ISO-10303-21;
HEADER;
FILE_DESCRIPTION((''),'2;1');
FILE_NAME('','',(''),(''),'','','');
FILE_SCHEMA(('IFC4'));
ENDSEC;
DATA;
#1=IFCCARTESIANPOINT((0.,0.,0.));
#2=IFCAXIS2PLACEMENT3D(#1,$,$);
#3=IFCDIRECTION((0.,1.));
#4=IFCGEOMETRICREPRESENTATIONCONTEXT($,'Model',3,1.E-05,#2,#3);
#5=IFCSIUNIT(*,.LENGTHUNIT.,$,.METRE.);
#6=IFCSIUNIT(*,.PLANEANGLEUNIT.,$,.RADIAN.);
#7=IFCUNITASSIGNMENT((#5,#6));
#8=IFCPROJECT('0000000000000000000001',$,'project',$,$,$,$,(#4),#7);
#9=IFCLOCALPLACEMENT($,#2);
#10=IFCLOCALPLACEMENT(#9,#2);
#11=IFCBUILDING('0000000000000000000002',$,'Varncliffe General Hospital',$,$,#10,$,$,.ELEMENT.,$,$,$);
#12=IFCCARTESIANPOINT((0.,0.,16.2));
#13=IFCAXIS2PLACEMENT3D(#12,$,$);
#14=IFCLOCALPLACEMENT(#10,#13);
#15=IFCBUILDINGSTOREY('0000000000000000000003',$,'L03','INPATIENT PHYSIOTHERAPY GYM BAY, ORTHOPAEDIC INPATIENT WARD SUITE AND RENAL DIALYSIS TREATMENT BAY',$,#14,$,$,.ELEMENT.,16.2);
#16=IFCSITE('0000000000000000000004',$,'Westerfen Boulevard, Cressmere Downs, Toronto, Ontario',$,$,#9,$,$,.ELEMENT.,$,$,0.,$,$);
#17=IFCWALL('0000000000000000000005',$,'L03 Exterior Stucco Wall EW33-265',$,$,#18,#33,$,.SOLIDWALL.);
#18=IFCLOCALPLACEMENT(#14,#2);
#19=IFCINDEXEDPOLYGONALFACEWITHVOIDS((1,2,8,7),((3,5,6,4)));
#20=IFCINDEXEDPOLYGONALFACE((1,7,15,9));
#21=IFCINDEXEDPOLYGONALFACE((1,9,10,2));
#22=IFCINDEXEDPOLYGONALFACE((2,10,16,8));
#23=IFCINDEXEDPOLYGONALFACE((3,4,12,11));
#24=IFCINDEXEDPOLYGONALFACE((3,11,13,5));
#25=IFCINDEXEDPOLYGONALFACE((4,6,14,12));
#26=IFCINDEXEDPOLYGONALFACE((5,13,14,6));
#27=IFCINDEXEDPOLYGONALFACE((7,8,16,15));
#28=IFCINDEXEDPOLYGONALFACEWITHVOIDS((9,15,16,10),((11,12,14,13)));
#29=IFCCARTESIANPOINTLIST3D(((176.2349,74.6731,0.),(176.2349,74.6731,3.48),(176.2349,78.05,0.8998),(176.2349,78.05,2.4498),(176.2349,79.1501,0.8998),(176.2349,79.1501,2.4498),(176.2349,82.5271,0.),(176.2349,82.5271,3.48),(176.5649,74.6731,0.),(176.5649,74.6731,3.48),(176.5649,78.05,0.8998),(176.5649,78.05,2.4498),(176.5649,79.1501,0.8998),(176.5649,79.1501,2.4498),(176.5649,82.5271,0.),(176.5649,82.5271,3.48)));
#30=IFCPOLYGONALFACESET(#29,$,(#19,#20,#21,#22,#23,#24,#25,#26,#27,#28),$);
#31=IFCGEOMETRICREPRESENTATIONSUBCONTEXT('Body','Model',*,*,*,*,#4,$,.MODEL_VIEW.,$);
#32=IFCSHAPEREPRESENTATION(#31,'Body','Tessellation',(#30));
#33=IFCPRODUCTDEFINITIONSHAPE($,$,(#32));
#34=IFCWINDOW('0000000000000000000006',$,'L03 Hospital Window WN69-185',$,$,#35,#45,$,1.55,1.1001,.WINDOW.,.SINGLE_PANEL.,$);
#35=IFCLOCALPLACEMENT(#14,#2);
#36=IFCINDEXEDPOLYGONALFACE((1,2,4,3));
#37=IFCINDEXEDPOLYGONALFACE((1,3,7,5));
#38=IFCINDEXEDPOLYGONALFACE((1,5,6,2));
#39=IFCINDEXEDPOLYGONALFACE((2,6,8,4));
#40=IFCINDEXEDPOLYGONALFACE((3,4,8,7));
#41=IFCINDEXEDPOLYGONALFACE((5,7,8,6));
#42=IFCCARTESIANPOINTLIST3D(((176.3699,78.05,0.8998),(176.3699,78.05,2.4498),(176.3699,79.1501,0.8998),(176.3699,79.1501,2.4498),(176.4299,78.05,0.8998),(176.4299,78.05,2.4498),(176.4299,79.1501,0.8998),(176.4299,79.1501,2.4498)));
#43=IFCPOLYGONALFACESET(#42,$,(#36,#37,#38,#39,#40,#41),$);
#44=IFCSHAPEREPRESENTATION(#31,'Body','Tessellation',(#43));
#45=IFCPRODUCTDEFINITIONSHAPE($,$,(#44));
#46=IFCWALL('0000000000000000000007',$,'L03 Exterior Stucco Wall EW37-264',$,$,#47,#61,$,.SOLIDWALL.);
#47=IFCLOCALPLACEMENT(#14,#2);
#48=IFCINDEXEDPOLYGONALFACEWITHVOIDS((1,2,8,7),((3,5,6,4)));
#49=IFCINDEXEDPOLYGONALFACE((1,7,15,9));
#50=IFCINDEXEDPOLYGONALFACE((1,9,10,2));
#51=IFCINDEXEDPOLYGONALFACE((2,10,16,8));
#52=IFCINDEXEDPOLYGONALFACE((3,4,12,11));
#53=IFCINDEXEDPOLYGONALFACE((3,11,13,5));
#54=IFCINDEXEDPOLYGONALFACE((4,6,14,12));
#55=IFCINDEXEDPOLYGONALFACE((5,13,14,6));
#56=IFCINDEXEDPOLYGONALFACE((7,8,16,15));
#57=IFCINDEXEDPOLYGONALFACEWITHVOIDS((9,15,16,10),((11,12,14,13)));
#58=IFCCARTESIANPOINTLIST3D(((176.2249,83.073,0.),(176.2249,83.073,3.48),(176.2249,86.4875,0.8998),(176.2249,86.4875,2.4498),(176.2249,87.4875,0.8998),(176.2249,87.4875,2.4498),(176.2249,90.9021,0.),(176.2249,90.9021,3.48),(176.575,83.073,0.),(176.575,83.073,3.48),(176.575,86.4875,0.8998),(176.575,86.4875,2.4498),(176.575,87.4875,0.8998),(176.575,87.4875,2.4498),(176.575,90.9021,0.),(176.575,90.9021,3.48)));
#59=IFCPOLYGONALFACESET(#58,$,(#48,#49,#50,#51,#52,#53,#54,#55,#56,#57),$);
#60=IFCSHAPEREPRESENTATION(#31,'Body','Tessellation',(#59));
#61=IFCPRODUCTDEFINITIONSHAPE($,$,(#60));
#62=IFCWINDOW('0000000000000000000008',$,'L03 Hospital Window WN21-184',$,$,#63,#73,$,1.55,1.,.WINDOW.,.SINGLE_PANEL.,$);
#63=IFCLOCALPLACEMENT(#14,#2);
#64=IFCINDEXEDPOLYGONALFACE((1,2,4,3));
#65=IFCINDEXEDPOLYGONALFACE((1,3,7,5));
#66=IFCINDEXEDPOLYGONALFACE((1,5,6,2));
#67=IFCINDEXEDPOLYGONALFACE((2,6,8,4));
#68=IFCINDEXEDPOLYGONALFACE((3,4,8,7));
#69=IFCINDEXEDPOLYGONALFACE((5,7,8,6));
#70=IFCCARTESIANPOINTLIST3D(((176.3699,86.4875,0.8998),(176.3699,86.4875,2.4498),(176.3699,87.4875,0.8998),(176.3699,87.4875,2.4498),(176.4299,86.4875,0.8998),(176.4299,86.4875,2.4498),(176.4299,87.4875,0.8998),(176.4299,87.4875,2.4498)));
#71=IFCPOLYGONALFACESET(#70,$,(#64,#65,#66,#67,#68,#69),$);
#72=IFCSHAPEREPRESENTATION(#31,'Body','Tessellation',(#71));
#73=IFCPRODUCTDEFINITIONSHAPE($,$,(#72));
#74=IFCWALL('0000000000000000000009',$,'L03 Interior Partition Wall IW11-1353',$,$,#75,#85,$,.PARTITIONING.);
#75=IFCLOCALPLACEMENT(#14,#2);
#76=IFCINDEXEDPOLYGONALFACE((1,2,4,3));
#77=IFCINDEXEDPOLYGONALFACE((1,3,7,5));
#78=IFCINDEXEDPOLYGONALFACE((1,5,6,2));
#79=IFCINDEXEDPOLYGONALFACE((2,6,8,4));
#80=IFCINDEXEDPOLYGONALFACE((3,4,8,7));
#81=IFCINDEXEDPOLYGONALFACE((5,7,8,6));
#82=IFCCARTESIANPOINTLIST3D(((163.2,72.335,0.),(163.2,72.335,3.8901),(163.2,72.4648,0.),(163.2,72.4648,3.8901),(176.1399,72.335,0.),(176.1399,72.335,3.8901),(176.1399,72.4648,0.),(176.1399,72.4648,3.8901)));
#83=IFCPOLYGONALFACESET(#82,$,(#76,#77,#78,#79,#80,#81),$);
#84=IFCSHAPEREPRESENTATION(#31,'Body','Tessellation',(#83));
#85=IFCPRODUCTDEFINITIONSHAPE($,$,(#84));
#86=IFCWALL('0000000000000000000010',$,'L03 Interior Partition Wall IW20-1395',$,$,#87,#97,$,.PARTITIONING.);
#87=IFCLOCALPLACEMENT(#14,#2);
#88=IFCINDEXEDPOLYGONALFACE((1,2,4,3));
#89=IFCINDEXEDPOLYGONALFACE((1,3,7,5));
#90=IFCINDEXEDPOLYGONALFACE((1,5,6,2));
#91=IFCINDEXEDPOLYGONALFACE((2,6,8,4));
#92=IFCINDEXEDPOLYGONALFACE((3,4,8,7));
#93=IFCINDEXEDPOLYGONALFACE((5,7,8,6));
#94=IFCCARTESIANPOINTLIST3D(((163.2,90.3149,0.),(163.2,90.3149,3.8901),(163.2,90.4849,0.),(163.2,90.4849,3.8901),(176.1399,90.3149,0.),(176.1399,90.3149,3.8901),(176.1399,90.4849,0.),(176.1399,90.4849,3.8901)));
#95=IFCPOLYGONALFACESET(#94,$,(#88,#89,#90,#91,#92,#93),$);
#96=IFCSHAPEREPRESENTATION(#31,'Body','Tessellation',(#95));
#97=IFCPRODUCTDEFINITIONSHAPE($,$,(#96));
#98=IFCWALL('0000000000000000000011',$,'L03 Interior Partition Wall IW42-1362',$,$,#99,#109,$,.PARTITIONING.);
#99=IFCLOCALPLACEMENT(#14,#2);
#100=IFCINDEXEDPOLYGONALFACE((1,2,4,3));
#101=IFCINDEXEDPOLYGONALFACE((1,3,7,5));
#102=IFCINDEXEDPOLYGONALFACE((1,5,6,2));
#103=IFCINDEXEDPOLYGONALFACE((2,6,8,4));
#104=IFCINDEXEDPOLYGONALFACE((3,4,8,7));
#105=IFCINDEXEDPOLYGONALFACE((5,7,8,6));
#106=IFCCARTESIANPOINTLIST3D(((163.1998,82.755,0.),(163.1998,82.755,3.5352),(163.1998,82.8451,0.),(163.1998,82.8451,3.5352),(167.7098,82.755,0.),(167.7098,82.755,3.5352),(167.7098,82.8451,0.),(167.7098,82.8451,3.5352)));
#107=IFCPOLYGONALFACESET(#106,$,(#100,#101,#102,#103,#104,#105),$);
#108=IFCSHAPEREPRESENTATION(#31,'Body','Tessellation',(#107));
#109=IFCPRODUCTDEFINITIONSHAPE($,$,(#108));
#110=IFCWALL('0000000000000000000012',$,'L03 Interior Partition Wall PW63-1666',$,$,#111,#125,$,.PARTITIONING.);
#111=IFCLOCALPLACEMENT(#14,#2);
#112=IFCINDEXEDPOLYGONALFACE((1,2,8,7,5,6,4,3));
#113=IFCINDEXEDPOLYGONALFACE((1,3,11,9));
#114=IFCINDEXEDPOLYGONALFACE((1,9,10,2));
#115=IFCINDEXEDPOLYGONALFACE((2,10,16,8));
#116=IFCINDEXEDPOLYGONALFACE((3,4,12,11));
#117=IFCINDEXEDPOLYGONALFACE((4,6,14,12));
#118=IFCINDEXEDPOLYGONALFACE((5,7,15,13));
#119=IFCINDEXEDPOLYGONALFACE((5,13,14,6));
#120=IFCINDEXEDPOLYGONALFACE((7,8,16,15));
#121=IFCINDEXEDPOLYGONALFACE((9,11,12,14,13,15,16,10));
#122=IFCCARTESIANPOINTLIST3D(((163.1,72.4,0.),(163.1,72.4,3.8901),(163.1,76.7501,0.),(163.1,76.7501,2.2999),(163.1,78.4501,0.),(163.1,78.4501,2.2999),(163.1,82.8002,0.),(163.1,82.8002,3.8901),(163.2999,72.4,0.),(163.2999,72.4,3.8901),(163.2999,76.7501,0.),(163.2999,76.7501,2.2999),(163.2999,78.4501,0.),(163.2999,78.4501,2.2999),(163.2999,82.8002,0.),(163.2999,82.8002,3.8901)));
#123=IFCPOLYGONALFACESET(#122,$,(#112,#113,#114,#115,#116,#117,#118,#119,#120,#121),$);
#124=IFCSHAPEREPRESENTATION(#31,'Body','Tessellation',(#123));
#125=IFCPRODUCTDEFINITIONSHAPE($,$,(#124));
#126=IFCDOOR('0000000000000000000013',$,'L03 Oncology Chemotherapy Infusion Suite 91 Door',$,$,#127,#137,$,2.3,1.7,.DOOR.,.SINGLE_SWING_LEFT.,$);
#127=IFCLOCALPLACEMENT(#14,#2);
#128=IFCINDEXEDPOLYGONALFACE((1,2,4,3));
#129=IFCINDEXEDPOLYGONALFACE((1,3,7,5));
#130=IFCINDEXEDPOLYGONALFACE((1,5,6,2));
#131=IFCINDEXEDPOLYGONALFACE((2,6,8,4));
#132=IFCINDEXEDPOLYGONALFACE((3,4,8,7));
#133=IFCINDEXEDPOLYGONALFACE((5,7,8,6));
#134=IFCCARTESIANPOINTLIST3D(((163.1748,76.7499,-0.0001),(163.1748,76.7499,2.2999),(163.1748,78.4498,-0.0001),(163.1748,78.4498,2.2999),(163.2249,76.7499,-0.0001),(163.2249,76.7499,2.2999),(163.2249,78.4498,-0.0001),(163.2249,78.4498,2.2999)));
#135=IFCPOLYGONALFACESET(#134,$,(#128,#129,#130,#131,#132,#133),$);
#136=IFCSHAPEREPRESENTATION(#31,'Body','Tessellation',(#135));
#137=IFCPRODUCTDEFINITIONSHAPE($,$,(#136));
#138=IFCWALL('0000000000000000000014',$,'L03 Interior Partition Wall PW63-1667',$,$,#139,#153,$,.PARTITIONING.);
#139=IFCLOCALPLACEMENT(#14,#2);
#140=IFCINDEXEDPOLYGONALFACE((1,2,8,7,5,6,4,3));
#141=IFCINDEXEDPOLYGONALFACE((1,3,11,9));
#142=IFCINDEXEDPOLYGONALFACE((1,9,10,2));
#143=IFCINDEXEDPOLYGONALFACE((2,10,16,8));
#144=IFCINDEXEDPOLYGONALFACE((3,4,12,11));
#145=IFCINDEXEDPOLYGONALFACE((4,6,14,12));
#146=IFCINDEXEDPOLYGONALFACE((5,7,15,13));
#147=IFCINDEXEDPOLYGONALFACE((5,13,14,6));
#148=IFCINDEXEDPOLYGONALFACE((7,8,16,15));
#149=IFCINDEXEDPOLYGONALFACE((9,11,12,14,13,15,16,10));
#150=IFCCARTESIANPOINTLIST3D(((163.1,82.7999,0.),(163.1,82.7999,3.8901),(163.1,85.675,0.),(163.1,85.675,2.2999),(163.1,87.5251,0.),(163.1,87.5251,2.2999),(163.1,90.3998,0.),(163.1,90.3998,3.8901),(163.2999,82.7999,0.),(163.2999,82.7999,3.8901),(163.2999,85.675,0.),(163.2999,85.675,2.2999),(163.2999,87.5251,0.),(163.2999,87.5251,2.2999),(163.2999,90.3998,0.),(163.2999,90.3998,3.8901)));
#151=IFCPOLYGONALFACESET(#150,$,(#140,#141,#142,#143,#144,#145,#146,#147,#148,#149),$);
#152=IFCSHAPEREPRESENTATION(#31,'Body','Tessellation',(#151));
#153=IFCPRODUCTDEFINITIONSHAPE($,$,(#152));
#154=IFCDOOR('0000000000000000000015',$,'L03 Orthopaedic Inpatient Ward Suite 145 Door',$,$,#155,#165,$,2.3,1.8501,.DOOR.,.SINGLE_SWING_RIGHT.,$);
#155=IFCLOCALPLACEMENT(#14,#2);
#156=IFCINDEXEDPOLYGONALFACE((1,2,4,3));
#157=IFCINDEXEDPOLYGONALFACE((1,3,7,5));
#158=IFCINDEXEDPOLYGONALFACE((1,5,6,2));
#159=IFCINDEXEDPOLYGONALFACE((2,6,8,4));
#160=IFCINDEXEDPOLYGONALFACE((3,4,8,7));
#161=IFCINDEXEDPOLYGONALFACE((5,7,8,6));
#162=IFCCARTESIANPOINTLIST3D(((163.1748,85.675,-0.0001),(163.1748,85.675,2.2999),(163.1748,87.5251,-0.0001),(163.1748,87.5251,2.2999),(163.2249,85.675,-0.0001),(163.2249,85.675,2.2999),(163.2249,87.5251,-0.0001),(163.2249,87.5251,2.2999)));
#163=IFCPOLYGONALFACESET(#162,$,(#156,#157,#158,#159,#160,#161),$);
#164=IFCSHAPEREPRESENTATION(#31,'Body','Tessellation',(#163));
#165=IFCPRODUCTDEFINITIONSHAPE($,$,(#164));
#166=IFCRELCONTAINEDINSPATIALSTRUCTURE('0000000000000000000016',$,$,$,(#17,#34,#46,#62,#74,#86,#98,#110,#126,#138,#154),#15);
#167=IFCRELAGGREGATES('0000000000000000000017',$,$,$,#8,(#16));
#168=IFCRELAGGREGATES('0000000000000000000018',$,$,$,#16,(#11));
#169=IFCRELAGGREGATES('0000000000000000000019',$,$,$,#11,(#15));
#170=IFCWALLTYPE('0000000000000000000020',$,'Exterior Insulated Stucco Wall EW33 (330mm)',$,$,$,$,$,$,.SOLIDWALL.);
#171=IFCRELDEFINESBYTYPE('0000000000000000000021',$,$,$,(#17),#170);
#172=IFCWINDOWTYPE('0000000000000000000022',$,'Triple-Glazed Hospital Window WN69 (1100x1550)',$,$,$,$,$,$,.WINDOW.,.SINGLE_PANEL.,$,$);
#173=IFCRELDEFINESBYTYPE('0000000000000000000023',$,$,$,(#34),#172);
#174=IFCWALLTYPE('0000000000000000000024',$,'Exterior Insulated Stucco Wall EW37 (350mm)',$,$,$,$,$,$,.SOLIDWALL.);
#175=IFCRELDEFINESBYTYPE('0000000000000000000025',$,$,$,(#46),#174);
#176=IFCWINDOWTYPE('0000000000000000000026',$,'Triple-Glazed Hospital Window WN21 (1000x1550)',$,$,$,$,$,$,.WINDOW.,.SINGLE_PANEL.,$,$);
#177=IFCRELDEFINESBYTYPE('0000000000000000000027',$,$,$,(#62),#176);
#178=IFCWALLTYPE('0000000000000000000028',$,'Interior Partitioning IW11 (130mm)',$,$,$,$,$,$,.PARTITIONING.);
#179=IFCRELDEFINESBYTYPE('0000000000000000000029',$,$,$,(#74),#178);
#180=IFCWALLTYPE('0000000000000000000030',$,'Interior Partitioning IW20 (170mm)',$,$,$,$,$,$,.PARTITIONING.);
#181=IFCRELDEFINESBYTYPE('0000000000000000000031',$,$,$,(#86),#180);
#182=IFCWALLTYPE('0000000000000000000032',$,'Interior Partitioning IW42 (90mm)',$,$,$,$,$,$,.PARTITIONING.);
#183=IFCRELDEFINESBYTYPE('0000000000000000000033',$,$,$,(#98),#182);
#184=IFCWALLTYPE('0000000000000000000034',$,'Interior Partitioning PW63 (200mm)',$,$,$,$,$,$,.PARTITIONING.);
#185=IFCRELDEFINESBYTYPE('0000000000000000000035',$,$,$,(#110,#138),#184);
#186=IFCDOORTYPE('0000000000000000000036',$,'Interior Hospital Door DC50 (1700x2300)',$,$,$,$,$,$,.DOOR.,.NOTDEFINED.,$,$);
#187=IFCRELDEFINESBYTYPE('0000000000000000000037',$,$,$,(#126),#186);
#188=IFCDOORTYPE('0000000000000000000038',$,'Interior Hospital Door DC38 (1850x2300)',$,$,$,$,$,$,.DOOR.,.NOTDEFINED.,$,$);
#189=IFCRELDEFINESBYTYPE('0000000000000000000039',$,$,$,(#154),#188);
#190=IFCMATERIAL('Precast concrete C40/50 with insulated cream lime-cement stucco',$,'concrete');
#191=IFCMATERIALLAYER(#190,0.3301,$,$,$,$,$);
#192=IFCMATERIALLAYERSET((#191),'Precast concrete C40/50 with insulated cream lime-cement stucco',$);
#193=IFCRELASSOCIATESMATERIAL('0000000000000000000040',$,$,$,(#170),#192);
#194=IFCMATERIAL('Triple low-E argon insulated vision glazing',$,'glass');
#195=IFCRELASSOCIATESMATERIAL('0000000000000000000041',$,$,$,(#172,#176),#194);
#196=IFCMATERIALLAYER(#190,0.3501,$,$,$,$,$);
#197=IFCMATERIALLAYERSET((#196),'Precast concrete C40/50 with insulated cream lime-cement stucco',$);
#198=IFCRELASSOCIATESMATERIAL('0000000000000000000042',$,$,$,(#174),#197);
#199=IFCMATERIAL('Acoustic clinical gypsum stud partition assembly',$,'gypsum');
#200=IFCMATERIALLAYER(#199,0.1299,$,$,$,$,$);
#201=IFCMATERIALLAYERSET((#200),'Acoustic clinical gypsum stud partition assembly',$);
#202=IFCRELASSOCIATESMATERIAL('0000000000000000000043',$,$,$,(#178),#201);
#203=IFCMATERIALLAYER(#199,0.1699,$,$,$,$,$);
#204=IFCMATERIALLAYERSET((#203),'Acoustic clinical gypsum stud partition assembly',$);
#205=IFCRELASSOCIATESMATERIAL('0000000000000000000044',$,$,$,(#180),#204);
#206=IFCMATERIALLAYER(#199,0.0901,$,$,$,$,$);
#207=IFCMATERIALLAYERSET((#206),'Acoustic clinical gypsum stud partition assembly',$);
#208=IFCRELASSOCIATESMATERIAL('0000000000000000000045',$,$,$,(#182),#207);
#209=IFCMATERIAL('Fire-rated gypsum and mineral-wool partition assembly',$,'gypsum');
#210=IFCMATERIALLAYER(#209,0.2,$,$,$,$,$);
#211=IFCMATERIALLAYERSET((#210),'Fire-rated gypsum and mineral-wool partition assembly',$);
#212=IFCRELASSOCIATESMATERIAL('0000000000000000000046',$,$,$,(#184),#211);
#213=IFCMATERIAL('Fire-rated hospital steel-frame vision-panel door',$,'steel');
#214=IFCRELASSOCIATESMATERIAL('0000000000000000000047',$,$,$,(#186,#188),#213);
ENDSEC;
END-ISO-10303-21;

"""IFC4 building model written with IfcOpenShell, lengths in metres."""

from ifc_helpers import new_model, si_unit, direction, frame, frame_2d, origin, place, context, subcontext, project, spatial, rectangle, extrude, material, layer, layer_set, type_object, element, fill, save


model = new_model("IFC4")

# Units and contexts
model_context = context("Model", 3, precision=1e-05, world=origin(), true_north=direction((0.0, 1.0)))
body_context = subcontext(model_context, "Body", "Model", "MODEL_VIEW")
ifc_project = project(units=[si_unit("LENGTHUNIT", "METRE"), si_unit("PLANEANGLEUNIT", "RADIAN")], contexts=[model_context])

# Site, building, storey
site_placement = place(None, origin())
site = spatial("IfcSite", under=ifc_project, at=site_placement, Name="Westerfen Boulevard, Cressmere Downs, Toronto, Ontario", CompositionType="ELEMENT", RefElevation=0.0)
building_placement = place(site_placement, origin())
building = spatial("IfcBuilding", under=site, at=building_placement, Name="Varncliffe General Hospital", CompositionType="ELEMENT")
storey_placement = place(building_placement, frame((0.0, 0.0, 16.2)))
storey = spatial("IfcBuildingStorey", under=building, at=storey_placement, Name="L03", Description="INPATIENT PHYSIOTHERAPY GYM BAY, ORTHOPAEDIC INPATIENT WARD SUITE AND RENAL DIALYSIS TREATMENT BAY", CompositionType="ELEMENT", Elevation=16.2)

# Walls, openings, windows
ifc_material_1 = material(Name="Precast concrete C40/50 with insulated cream lime-cement stucco", Category="concrete")
ifc_material_2 = material(Name="Triple low-E argon insulated vision glazing", Category="glass")
ifc_layer_1 = layer(ifc_material_1, 0.3301)
ifc_layer_set_1 = layer_set([ifc_layer_1], Name="Precast concrete C40/50 with insulated cream lime-cement stucco")
wall_type_1 = type_object("IfcWallType", Name="Exterior Insulated Stucco Wall EW33 (330mm)", PredefinedType="SOLIDWALL", material=ifc_layer_set_1)
wall_1_placement = place(storey_placement, frame((176.3999, 82.5271, 0.0), z_axis=(0.0, 0.0, 1.0), x_axis=(0.0, -1.0, 0.0)))
wall_1 = element("IfcWall", 1, at=wall_1_placement, inside=storey, type_object=wall_type_1, Name="L03 Exterior Stucco Wall EW33-265", PredefinedType="SOLIDWALL", context=body_context, shape_type="SweptSolid", body=[
    extrude(rectangle(XDim=7.854, YDim=0.3301, at=frame_2d((3.927, 0.0))), origin(), (0.0, 0.0, 1.0), 3.48),
])
opening_1_placement = place(wall_1_placement, frame((3.377, 0.0, 0.8999)))
opening_1 = element("IfcOpeningElement", 2, at=opening_1_placement, cuts=wall_1, PredefinedType="OPENING", context=body_context, shape_type="SweptSolid", body=[
    extrude(rectangle(XDim=1.1001, YDim=1.55, at=frame_2d((0.55, 0.7749))), frame((0.0, 0.175, 0.0), z_axis=(0.0, -1.0, 0.0), x_axis=(1.0, 0.0, 0.0)), (0.0, 0.0, 1.0), 0.3501),
])
window_type_1 = type_object("IfcWindowType", Name="Triple-Glazed Hospital Window WN69 (1100x1550)", PartitioningType="SINGLE_PANEL", PredefinedType="WINDOW", material=ifc_material_2)
window_1_placement = place(opening_1_placement, origin())
window_1 = element("IfcWindow", 3, at=window_1_placement, inside=storey, type_object=window_type_1, Name="L03 Hospital Window WN69-185", OverallHeight=1.55, OverallWidth=1.1001, PartitioningType="SINGLE_PANEL", PredefinedType="WINDOW", context=body_context, shape_type="SweptSolid", body=[
    extrude(rectangle(XDim=1.1001, YDim=1.55, at=frame_2d((0.55, 0.7749))), frame((0.0, 0.03, 0.0), z_axis=(0.0, -1.0, 0.0), x_axis=(1.0, 0.0, 0.0)), (0.0, 0.0, 1.0), 0.0601),
])
fill(opening_1, window_1)
ifc_layer_2 = layer(ifc_material_1, 0.3501)
ifc_layer_set_2 = layer_set([ifc_layer_2], Name="Precast concrete C40/50 with insulated cream lime-cement stucco")
wall_type_2 = type_object("IfcWallType", Name="Exterior Insulated Stucco Wall EW37 (350mm)", PredefinedType="SOLIDWALL", material=ifc_layer_set_2)
wall_2_placement = place(storey_placement, frame((176.3999, 90.9021, 0.0), z_axis=(0.0, 0.0, 1.0), x_axis=(0.0, -1.0, 0.0)))
wall_2 = element("IfcWall", 4, at=wall_2_placement, inside=storey, type_object=wall_type_2, Name="L03 Exterior Stucco Wall EW37-264", PredefinedType="SOLIDWALL", context=body_context, shape_type="SweptSolid", body=[
    extrude(rectangle(XDim=7.8291, YDim=0.3501, at=frame_2d((3.9146, 0.0))), origin(), (0.0, 0.0, 1.0), 3.48),
])
opening_2_placement = place(wall_2_placement, frame((3.4146, 0.0, 0.8999)))
opening_2 = element("IfcOpeningElement", 5, at=opening_2_placement, cuts=wall_2, PredefinedType="OPENING", context=body_context, shape_type="SweptSolid", body=[
    extrude(rectangle(XDim=1.0, YDim=1.55, at=frame_2d((0.5, 0.7749))), frame((0.0, 0.1851, 0.0), z_axis=(0.0, -1.0, 0.0), x_axis=(1.0, 0.0, 0.0)), (0.0, 0.0, 1.0), 0.3701),
])
window_type_2 = type_object("IfcWindowType", Name="Triple-Glazed Hospital Window WN21 (1000x1550)", PartitioningType="SINGLE_PANEL", PredefinedType="WINDOW", material=ifc_material_2)
window_2_placement = place(opening_2_placement, origin())
window_2 = element("IfcWindow", 6, at=window_2_placement, inside=storey, type_object=window_type_2, Name="L03 Hospital Window WN21-184", OverallHeight=1.55, OverallWidth=1.0, PartitioningType="SINGLE_PANEL", PredefinedType="WINDOW", context=body_context, shape_type="SweptSolid", body=[
    extrude(rectangle(XDim=1.0, YDim=1.55, at=frame_2d((0.5, 0.7749))), frame((0.0, 0.03, 0.0), z_axis=(0.0, -1.0, 0.0), x_axis=(1.0, 0.0, 0.0)), (0.0, 0.0, 1.0), 0.0601),
])
fill(opening_2, window_2)

# Walls
ifc_material_3 = material(Name="Acoustic clinical gypsum stud partition assembly", Category="gypsum")
ifc_layer_3 = layer(ifc_material_3, 0.1299)
ifc_layer_set_3 = layer_set([ifc_layer_3], Name="Acoustic clinical gypsum stud partition assembly")
wall_type_3 = type_object("IfcWallType", Name="Interior Partitioning IW11 (130mm)", PredefinedType="PARTITIONING", material=ifc_layer_set_3)
wall_3_placement = place(storey_placement, frame((163.2, 72.3999, 0.0), z_axis=(0.0, 0.0, 1.0), x_axis=(1.0, 0.0, 0.0)))
element("IfcWall", 7, at=wall_3_placement, inside=storey, type_object=wall_type_3, Name="L03 Interior Partition Wall IW11-1353", PredefinedType="PARTITIONING", context=body_context, shape_type="SweptSolid", body=[
    extrude(rectangle(XDim=12.9399, YDim=0.1299, at=frame_2d((6.47, 0.0))), origin(), (0.0, 0.0, 1.0), 3.8901),
])
ifc_layer_4 = layer(ifc_material_3, 0.1699)
ifc_layer_set_4 = layer_set([ifc_layer_4], Name="Acoustic clinical gypsum stud partition assembly")
wall_type_4 = type_object("IfcWallType", Name="Interior Partitioning IW20 (170mm)", PredefinedType="PARTITIONING", material=ifc_layer_set_4)
wall_4_placement = place(storey_placement, frame((163.2, 90.3999, 0.0), z_axis=(0.0, 0.0, 1.0), x_axis=(1.0, 0.0, 0.0)))
element("IfcWall", 8, at=wall_4_placement, inside=storey, type_object=wall_type_4, Name="L03 Interior Partition Wall IW20-1395", PredefinedType="PARTITIONING", context=body_context, shape_type="SweptSolid", body=[
    extrude(rectangle(XDim=12.9399, YDim=0.1699, at=frame_2d((6.47, 0.0))), origin(), (0.0, 0.0, 1.0), 3.8901),
])
ifc_layer_5 = layer(ifc_material_3, 0.0901)
ifc_layer_set_5 = layer_set([ifc_layer_5], Name="Acoustic clinical gypsum stud partition assembly")
wall_type_5 = type_object("IfcWallType", Name="Interior Partitioning IW42 (90mm)", PredefinedType="PARTITIONING", material=ifc_layer_set_5)
wall_5_placement = place(storey_placement, frame((163.2, 82.8, 0.0), z_axis=(0.0, 0.0, 1.0), x_axis=(1.0, 0.0, 0.0)))
element("IfcWall", 9, at=wall_5_placement, inside=storey, type_object=wall_type_5, Name="L03 Interior Partition Wall IW42-1362", PredefinedType="PARTITIONING", context=body_context, shape_type="SweptSolid", body=[
    extrude(rectangle(XDim=4.51, YDim=0.0901, at=frame_2d((2.2549, 0.0))), origin(), (0.0, 0.0, 1.0), 3.5352),
])

# Walls, openings, doors
ifc_material_4 = material(Name="Fire-rated gypsum and mineral-wool partition assembly", Category="gypsum")
ifc_layer_6 = layer(ifc_material_4, 0.2)
ifc_layer_set_6 = layer_set([ifc_layer_6], Name="Fire-rated gypsum and mineral-wool partition assembly")
wall_type_6 = type_object("IfcWallType", Name="Interior Partitioning PW63 (200mm)", PredefinedType="PARTITIONING", material=ifc_layer_set_6)
wall_6_placement = place(storey_placement, frame((163.2, 72.3999, 0.0), z_axis=(0.0, 0.0, 1.0), x_axis=(0.0, 1.0, 0.0)))
wall_6 = element("IfcWall", 10, at=wall_6_placement, inside=storey, type_object=wall_type_6, Name="L03 Interior Partition Wall PW63-1666", PredefinedType="PARTITIONING", context=body_context, shape_type="SweptSolid", body=[
    extrude(rectangle(XDim=10.4001, YDim=0.2, at=frame_2d((5.2002, 0.0))), origin(), (0.0, 0.0, 1.0), 3.8901),
])
opening_3_placement = place(wall_6_placement, frame((4.3501, 0.0, 0.0)))
opening_3 = element("IfcOpeningElement", 11, at=opening_3_placement, cuts=wall_6, PredefinedType="OPENING", context=body_context, shape_type="SweptSolid", body=[
    extrude(rectangle(XDim=1.7, YDim=2.3, at=frame_2d((0.8501, 1.1499))), frame((0.0, 0.1099, 0.0), z_axis=(0.0, -1.0, 0.0), x_axis=(1.0, 0.0, 0.0)), (0.0, 0.0, 1.0), 0.22),
])
ifc_material_5 = material(Name="Fire-rated hospital steel-frame vision-panel door", Category="steel")
door_type_1 = type_object("IfcDoorType", Name="Interior Hospital Door DC50 (1700x2300)", OperationType="NOTDEFINED", PredefinedType="DOOR", material=ifc_material_5)
door_1_placement = place(opening_3_placement, frame((1.7, 0.0, 0.0), z_axis=(0.0, 0.0, 1.0), x_axis=(-1.0, 0.0, 0.0)))
door_1 = element("IfcDoor", 12, at=door_1_placement, inside=storey, type_object=door_type_1, Name="L03 Oncology Chemotherapy Infusion Suite 91 Door", OperationType="SINGLE_SWING_LEFT", OverallHeight=2.3, OverallWidth=1.7, PredefinedType="DOOR", context=body_context, shape_type="SweptSolid", body=[
    extrude(rectangle(XDim=1.7, YDim=2.3, at=frame_2d((0.8501, 1.1499))), frame((0.0, 0.0249, 0.0), z_axis=(0.0, -1.0, 0.0), x_axis=(1.0, 0.0, 0.0)), (0.0, 0.0, 1.0), 0.05),
])
fill(opening_3, door_1)
wall_7_placement = place(storey_placement, frame((163.2, 82.8, 0.0), z_axis=(0.0, 0.0, 1.0), x_axis=(0.0, 1.0, 0.0)))
wall_7 = element("IfcWall", 13, at=wall_7_placement, inside=storey, type_object=wall_type_6, Name="L03 Interior Partition Wall PW63-1667", PredefinedType="PARTITIONING", context=body_context, shape_type="SweptSolid", body=[
    extrude(rectangle(XDim=7.5999, YDim=0.2, at=frame_2d((3.7998, 0.0))), origin(), (0.0, 0.0, 1.0), 3.8901),
])
opening_4_placement = place(wall_7_placement, frame((2.875, 0.0, 0.0)))
opening_4 = element("IfcOpeningElement", 14, at=opening_4_placement, cuts=wall_7, PredefinedType="OPENING", context=body_context, shape_type="SweptSolid", body=[
    extrude(rectangle(XDim=1.8501, YDim=2.3, at=frame_2d((0.925, 1.1499))), frame((0.0, 0.1099, 0.0), z_axis=(0.0, -1.0, 0.0), x_axis=(1.0, 0.0, 0.0)), (0.0, 0.0, 1.0), 0.22),
])
door_type_2 = type_object("IfcDoorType", Name="Interior Hospital Door DC38 (1850x2300)", OperationType="NOTDEFINED", PredefinedType="DOOR", material=ifc_material_5)
door_2_placement = place(opening_4_placement, frame((1.8501, 0.0, 0.0), z_axis=(0.0, 0.0, 1.0), x_axis=(-1.0, 0.0, 0.0)))
door_2 = element("IfcDoor", 15, at=door_2_placement, inside=storey, type_object=door_type_2, Name="L03 Orthopaedic Inpatient Ward Suite 145 Door", OperationType="SINGLE_SWING_RIGHT", OverallHeight=2.3, OverallWidth=1.8501, PredefinedType="DOOR", context=body_context, shape_type="SweptSolid", body=[
    extrude(rectangle(XDim=1.8501, YDim=2.3, at=frame_2d((0.925, 1.1499))), frame((0.0, 0.0249, 0.0), z_axis=(0.0, -1.0, 0.0), x_axis=(1.0, 0.0, 0.0)), (0.0, 0.0, 1.0), 0.05),
])
fill(opening_4, door_2)

save(model, "model.ifc")
